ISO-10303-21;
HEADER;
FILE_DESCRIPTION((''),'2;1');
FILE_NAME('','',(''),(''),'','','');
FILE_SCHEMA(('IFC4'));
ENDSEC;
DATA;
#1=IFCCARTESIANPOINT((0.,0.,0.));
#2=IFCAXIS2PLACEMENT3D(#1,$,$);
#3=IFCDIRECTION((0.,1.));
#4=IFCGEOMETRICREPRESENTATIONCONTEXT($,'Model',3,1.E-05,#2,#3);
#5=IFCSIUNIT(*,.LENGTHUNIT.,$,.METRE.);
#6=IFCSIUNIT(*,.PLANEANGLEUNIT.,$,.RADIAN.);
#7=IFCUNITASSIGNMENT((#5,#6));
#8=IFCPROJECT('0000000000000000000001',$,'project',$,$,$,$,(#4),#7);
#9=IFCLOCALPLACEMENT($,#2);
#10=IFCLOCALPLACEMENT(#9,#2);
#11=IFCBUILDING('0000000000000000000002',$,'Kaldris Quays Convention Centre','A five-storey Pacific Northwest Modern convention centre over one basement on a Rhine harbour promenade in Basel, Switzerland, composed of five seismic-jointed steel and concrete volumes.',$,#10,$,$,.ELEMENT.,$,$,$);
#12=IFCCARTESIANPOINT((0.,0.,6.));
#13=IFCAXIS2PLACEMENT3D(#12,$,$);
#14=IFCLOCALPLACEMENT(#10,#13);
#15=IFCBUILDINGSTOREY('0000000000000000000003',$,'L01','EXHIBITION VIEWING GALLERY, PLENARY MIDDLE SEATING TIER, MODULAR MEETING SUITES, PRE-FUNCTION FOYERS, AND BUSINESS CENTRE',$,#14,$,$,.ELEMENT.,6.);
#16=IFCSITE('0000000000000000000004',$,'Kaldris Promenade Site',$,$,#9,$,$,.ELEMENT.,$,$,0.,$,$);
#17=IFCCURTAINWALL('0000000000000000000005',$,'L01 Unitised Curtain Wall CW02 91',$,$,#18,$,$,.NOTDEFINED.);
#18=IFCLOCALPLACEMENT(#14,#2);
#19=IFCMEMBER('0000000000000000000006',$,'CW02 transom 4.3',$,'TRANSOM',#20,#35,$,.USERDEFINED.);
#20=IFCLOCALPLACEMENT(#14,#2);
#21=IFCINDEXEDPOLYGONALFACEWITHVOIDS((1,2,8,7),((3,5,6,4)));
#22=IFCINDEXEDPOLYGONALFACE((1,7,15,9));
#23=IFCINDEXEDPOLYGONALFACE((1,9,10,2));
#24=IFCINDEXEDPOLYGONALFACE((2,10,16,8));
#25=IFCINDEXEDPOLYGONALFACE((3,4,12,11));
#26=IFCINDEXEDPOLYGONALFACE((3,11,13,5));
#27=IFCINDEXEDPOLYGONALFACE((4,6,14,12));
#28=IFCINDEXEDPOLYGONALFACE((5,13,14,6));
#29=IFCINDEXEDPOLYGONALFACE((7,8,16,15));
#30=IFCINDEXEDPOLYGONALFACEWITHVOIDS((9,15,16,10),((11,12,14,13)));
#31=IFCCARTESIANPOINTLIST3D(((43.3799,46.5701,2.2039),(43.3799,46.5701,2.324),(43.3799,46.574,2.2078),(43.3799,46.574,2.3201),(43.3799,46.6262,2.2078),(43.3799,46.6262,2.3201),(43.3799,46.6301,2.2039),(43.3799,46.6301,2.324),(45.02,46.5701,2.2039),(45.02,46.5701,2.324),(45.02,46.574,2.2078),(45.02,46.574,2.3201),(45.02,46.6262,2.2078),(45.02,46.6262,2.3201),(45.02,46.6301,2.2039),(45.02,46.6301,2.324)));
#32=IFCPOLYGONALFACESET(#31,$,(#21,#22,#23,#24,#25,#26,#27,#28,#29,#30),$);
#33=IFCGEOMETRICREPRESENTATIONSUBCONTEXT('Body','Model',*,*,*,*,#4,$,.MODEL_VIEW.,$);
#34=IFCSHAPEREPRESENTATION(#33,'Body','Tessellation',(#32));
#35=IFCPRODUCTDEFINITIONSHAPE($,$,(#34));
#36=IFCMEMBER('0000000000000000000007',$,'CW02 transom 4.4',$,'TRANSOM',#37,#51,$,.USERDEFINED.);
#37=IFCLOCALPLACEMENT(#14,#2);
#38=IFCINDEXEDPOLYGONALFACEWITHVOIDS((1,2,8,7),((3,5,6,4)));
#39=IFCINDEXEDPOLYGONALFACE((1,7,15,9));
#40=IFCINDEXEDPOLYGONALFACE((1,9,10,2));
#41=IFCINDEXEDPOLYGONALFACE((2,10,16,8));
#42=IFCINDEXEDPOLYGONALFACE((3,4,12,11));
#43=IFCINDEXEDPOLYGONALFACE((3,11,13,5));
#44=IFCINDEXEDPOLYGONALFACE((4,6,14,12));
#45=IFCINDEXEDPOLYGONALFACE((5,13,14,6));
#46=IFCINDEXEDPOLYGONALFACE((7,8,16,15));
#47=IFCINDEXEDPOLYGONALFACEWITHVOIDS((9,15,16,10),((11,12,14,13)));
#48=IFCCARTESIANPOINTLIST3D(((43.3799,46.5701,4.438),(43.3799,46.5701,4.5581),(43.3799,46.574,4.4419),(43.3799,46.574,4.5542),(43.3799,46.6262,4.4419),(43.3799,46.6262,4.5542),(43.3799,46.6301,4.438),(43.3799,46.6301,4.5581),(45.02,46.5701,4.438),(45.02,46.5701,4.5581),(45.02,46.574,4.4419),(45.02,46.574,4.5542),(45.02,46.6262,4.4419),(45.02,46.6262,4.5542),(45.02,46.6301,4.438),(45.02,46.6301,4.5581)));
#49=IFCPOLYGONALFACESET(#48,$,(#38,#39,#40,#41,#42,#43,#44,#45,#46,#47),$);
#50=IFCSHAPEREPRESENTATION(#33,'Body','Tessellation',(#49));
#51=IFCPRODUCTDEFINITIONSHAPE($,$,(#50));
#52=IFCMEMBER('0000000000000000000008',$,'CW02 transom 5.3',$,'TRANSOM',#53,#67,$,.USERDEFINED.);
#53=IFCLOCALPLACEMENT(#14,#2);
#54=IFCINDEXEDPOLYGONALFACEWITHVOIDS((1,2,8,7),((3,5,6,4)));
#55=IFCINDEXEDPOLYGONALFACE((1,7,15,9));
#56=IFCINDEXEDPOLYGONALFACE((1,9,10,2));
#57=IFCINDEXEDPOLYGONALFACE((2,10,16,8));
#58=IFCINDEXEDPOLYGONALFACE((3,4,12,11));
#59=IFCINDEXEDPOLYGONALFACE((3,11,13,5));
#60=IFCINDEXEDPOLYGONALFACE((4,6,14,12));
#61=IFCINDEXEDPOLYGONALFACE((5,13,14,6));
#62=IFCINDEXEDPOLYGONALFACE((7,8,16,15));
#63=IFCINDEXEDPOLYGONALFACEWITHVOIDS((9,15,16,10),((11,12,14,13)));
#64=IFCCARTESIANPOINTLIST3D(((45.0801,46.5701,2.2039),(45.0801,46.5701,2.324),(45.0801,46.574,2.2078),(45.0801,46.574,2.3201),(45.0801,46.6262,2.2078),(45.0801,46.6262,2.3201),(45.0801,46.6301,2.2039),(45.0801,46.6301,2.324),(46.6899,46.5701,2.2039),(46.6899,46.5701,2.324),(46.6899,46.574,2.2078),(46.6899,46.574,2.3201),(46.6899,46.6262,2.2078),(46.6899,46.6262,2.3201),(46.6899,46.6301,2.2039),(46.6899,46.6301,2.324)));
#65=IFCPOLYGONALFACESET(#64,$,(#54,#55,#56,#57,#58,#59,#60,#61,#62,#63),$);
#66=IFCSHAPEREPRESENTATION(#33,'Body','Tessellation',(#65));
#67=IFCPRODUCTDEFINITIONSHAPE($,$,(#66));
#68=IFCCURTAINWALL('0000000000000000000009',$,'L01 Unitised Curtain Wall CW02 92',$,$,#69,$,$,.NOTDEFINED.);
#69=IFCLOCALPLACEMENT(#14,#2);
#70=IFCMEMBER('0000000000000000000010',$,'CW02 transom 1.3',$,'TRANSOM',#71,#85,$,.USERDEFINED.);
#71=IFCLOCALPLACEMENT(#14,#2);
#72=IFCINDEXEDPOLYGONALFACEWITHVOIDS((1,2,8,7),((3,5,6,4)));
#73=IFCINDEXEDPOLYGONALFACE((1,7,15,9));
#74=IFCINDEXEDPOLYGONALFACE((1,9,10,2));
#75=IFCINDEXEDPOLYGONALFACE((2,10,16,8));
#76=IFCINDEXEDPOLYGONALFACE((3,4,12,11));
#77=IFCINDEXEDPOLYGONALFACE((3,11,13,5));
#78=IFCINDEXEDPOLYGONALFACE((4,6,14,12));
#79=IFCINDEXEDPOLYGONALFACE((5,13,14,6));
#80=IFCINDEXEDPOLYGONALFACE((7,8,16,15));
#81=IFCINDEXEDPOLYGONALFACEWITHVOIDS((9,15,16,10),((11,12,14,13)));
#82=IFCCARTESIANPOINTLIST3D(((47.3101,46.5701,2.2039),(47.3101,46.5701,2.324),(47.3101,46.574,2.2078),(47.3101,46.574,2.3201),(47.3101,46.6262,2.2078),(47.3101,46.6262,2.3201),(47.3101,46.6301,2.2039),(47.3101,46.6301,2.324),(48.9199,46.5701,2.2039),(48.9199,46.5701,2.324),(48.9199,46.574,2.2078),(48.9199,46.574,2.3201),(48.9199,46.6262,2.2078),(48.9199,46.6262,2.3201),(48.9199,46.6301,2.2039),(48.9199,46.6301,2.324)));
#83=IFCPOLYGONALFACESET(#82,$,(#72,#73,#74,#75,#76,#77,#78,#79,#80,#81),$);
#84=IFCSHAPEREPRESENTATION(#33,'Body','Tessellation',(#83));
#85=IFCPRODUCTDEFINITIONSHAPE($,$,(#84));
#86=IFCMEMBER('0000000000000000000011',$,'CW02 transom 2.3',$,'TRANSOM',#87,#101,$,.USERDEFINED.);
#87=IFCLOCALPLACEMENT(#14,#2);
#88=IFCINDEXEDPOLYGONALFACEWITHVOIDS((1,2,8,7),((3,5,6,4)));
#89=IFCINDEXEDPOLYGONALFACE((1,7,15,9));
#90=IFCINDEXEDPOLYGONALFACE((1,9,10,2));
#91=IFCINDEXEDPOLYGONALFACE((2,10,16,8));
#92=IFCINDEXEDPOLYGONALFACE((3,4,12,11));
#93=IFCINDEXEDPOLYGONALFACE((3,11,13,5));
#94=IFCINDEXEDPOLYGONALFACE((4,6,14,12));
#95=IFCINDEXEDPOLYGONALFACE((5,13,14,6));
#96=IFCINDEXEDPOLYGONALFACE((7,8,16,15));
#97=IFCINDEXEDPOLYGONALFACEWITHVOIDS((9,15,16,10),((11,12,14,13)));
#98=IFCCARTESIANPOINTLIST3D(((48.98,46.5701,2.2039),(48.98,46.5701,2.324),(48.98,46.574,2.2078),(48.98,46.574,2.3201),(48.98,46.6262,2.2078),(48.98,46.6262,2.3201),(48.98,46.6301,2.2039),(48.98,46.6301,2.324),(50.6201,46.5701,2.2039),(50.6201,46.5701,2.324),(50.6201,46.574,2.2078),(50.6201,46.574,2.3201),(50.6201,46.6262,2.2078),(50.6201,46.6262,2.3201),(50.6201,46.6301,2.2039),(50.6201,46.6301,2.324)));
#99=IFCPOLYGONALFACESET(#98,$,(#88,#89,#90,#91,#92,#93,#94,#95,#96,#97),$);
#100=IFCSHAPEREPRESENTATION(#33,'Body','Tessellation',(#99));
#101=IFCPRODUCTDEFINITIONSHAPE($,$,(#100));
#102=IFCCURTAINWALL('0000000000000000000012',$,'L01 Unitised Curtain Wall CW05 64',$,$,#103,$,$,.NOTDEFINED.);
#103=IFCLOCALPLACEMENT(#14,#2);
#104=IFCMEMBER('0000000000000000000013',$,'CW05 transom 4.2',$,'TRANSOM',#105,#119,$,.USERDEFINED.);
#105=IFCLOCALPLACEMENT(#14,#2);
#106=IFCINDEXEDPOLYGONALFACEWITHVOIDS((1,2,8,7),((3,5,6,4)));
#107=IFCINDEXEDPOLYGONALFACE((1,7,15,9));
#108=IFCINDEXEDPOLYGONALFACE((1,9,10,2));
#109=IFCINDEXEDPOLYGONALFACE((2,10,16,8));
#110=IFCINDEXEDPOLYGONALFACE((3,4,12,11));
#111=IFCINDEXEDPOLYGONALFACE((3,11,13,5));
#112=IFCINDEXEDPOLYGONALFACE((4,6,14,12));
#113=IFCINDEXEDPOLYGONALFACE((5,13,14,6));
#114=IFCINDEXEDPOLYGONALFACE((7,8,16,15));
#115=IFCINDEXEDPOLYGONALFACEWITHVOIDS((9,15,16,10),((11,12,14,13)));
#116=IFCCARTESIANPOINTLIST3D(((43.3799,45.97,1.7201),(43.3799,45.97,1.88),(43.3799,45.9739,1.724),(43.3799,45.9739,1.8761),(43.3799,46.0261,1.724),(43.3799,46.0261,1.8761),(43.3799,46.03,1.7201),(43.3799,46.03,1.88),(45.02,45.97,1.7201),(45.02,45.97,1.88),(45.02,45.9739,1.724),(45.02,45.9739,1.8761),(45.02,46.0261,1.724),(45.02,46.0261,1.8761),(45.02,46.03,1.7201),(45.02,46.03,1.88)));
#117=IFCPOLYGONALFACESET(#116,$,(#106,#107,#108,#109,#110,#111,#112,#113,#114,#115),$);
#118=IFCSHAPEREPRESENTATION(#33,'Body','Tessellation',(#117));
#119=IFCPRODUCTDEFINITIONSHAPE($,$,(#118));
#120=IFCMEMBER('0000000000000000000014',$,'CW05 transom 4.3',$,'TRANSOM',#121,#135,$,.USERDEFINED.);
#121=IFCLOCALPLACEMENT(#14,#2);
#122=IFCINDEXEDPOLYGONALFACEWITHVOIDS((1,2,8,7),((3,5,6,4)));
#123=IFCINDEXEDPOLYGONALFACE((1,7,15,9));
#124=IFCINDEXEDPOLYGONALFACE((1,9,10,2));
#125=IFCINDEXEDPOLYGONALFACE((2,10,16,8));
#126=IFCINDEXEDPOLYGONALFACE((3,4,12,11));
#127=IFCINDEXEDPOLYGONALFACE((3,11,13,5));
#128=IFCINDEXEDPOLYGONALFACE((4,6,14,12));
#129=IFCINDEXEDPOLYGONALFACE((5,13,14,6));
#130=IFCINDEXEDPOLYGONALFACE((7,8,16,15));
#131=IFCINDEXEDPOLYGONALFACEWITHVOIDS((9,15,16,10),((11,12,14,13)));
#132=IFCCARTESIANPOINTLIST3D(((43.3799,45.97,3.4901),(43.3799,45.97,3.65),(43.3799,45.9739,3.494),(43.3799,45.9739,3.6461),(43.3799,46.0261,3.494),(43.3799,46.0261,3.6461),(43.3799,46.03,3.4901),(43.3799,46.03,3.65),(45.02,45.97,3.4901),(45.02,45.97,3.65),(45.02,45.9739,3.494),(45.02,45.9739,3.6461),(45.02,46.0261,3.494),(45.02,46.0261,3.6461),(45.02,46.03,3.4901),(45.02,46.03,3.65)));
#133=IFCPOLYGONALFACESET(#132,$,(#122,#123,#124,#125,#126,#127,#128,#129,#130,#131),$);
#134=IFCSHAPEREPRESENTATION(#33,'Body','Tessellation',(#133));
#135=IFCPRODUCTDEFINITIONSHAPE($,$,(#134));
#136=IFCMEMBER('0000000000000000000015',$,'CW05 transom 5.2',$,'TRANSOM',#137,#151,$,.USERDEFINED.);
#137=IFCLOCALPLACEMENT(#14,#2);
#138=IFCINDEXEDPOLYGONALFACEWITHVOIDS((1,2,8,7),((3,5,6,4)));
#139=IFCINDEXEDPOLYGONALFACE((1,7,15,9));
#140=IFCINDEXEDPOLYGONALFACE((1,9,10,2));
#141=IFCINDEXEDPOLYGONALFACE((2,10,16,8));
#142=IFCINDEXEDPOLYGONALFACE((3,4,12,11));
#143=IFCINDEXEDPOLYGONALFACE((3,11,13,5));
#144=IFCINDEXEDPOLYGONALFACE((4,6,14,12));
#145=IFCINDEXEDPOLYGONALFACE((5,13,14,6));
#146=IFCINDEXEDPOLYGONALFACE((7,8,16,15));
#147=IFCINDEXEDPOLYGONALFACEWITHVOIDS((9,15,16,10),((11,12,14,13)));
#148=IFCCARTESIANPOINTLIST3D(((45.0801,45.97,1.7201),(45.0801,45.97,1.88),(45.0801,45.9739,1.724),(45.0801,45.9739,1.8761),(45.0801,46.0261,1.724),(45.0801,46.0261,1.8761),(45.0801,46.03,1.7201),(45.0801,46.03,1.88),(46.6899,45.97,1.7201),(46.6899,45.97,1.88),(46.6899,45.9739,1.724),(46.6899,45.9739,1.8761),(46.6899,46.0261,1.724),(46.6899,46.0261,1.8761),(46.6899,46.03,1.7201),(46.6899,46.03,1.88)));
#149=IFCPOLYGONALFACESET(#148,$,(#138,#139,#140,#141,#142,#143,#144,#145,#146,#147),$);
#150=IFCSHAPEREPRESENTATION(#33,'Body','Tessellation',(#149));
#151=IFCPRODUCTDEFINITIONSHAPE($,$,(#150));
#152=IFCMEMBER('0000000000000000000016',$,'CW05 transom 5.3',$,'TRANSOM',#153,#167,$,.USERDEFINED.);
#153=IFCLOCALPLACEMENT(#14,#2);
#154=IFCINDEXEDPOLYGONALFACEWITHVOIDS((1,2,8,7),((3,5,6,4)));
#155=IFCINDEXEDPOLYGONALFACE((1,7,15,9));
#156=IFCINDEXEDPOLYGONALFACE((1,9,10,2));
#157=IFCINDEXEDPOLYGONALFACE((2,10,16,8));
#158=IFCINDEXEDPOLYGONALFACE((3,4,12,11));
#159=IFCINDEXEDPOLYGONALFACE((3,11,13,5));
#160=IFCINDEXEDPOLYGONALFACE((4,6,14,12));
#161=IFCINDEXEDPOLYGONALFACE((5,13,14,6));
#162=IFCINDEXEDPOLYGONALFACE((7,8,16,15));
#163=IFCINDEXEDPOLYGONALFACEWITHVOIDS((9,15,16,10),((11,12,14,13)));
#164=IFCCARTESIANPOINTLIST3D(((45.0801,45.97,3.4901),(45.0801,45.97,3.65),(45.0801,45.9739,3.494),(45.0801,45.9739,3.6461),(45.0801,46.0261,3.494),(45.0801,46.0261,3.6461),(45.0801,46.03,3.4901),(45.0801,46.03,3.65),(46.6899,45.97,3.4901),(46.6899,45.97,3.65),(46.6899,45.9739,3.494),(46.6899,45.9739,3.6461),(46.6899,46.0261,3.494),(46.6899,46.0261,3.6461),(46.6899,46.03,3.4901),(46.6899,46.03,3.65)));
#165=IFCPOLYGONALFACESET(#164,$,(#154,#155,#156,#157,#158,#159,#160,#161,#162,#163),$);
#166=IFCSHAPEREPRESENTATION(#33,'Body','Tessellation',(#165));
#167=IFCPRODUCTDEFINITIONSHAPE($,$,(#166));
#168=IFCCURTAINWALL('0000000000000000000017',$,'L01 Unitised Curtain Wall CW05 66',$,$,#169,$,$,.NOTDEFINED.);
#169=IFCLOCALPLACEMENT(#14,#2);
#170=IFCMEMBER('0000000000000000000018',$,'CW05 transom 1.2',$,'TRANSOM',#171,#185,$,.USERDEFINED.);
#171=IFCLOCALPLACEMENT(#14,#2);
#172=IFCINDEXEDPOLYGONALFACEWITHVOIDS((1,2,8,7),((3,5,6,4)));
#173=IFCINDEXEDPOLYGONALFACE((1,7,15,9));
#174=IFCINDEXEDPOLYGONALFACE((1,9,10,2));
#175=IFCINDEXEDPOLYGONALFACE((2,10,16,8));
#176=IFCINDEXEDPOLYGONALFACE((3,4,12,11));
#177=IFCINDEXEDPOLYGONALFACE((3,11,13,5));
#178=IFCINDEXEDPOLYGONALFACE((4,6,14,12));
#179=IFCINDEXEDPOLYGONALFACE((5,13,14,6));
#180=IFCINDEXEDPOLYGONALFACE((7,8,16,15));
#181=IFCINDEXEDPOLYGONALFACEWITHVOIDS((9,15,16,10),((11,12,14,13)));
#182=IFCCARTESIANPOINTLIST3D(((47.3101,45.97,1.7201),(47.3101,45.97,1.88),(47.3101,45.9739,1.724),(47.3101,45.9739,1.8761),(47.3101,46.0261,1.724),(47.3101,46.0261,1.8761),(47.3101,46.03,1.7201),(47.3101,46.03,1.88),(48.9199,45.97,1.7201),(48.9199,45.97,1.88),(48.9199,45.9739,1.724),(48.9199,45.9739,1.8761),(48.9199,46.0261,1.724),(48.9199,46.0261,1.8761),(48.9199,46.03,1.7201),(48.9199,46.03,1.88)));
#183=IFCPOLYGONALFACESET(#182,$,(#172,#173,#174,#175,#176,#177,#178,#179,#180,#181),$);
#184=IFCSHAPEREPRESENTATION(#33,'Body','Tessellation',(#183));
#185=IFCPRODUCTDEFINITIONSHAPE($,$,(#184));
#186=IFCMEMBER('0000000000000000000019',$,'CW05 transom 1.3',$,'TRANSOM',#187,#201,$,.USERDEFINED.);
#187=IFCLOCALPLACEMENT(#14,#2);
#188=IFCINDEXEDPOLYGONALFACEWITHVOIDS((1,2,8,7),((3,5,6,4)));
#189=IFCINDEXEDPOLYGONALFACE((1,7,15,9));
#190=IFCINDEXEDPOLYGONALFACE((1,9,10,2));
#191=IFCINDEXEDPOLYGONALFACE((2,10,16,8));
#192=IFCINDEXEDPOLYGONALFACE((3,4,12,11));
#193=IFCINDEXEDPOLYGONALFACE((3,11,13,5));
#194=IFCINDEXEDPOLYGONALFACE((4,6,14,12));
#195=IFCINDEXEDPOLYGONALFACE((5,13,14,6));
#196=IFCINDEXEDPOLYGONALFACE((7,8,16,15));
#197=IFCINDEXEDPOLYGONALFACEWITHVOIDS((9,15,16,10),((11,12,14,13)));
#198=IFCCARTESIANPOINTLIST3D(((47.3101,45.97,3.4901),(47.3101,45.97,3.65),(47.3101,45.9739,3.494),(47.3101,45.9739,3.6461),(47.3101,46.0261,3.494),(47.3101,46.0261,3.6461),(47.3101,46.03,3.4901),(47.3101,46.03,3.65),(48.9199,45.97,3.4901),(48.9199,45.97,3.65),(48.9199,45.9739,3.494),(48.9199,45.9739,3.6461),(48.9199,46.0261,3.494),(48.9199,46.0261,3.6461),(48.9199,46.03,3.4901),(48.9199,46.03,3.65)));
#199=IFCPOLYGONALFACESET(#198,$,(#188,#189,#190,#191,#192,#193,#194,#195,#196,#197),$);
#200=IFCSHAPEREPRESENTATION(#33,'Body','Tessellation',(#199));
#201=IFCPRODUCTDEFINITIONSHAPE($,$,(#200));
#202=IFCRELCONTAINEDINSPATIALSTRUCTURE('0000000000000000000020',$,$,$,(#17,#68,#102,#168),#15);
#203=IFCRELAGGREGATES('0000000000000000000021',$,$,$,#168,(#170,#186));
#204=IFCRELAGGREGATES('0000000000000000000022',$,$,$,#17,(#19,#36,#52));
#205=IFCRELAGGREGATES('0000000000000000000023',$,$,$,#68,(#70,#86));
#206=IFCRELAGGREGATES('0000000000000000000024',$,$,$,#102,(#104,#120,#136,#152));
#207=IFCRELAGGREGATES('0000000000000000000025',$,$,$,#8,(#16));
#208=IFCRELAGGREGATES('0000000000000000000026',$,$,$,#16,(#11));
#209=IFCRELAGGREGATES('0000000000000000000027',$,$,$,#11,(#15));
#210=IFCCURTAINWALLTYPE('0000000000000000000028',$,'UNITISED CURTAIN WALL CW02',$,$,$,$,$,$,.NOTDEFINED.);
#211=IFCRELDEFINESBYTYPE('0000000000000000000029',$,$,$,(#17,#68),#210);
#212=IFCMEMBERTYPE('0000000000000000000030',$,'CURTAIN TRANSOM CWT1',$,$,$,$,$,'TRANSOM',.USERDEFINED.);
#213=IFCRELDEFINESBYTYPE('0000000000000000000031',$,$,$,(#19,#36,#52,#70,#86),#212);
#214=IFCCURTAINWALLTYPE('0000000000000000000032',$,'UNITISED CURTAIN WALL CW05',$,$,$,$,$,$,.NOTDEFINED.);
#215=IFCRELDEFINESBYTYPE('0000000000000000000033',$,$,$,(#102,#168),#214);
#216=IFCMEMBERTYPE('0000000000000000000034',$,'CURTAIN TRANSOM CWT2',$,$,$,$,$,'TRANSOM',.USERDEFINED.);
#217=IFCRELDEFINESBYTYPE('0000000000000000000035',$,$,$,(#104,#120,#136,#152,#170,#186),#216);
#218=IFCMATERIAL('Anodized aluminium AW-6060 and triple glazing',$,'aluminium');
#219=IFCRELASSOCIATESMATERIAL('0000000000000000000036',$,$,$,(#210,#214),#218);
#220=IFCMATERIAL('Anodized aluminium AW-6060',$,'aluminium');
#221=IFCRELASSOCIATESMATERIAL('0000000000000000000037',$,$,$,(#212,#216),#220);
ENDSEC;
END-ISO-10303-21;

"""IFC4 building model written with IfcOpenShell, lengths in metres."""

from ifc_helpers import new_model, si_unit, direction, frame, origin, origin_2d, place, context, subcontext, project, spatial, hollow_rectangle, extrude, material, material_profile, profile_set, type_object, element, aggregate, save


model = new_model("IFC4")

# Units and contexts
model_context = context("Model", 3, precision=1e-05, world=origin(), true_north=direction((0.0, 1.0)))
body_context = subcontext(model_context, "Body", "Model", "MODEL_VIEW")
ifc_project = project(units=[si_unit("LENGTHUNIT", "METRE"), si_unit("PLANEANGLEUNIT", "RADIAN")], contexts=[model_context])

# Site, building, storey
site_placement = place(None, origin())
site = spatial("IfcSite", under=ifc_project, at=site_placement, Name="Kaldris Promenade Site", CompositionType="ELEMENT", RefElevation=0.0)
building_placement = place(site_placement, origin())
building = spatial("IfcBuilding", under=site, at=building_placement, Name="Kaldris Quays Convention Centre", Description="A five-storey Pacific Northwest Modern convention centre over one basement on a Rhine harbour promenade in Basel, Switzerland, composed of five seismic-jointed steel and concrete volumes.", CompositionType="ELEMENT")
storey_placement = place(building_placement, frame((0.0, 0.0, 6.0)))
storey = spatial("IfcBuildingStorey", under=building, at=storey_placement, Name="L01", Description="EXHIBITION VIEWING GALLERY, PLENARY MIDDLE SEATING TIER, MODULAR MEETING SUITES, PRE-FUNCTION FOYERS, AND BUSINESS CENTRE", CompositionType="ELEMENT", Elevation=6.0)

# Curtain walls, members
ifc_material_1 = material(Name="Anodized aluminium AW-6060 and triple glazing", Category="aluminium")
curtain_wall_type_1 = type_object("IfcCurtainWallType", Name="UNITISED CURTAIN WALL CW02", PredefinedType="NOTDEFINED", material=ifc_material_1)
curtain_wall_1_placement = place(storey_placement, origin())
curtain_wall_1 = element("IfcCurtainWall", 1, at=curtain_wall_1_placement, inside=storey, type_object=curtain_wall_type_1, Name="L01 Unitised Curtain Wall CW02 91", PredefinedType="NOTDEFINED")
ifc_material_2 = material(Name="Anodized aluminium AW-6060", Category="aluminium")
ifc_material_profile_1 = material_profile(ifc_material_2, hollow_rectangle(XDim=0.0601, YDim=0.1201, WallThickness=0.0039, at=origin_2d()), Name="RHS 120x60x4")
ifc_profile_set_1 = profile_set([ifc_material_profile_1], Name="Anodized aluminium AW-6060")
member_type_1 = type_object("IfcMemberType", Name="CURTAIN TRANSOM CWT1", ElementType="TRANSOM", PredefinedType="USERDEFINED", material=ifc_profile_set_1)
member_1_placement = place(storey_placement, frame((43.3799, 46.6001, 2.2639), z_axis=(1.0, 0.0, 0.0), x_axis=(0.0, 1.0, 0.0)))
member_1 = element("IfcMember", 2, at=member_1_placement, type_object=member_type_1, Name="CW02 transom 4.3", ObjectType="TRANSOM", PredefinedType="USERDEFINED", context=body_context, shape_type="SweptSolid", body=[
    extrude(hollow_rectangle(XDim=0.0601, YDim=0.1201, WallThickness=0.0039, at=origin_2d()), origin(), (0.0, 0.0, 1.0), 1.6401),
])
member_2_placement = place(storey_placement, frame((43.3799, 46.6001, 4.498), z_axis=(1.0, 0.0, 0.0), x_axis=(0.0, 1.0, 0.0)))
member_2 = element("IfcMember", 3, at=member_2_placement, type_object=member_type_1, Name="CW02 transom 4.4", ObjectType="TRANSOM", PredefinedType="USERDEFINED", context=body_context, shape_type="SweptSolid", body=[
    extrude(hollow_rectangle(XDim=0.0601, YDim=0.1201, WallThickness=0.0039, at=origin_2d()), origin(), (0.0, 0.0, 1.0), 1.6401),
])
member_3_placement = place(storey_placement, frame((45.0801, 46.6001, 2.2639), z_axis=(1.0, 0.0, 0.0), x_axis=(0.0, 1.0, 0.0)))
member_3 = element("IfcMember", 4, at=member_3_placement, type_object=member_type_1, Name="CW02 transom 5.3", ObjectType="TRANSOM", PredefinedType="USERDEFINED", context=body_context, shape_type="SweptSolid", body=[
    extrude(hollow_rectangle(XDim=0.0601, YDim=0.1201, WallThickness=0.0039, at=origin_2d()), origin(), (0.0, 0.0, 1.0), 1.6099),
])
curtain_wall_2_placement = place(storey_placement, origin())
curtain_wall_2 = element("IfcCurtainWall", 5, at=curtain_wall_2_placement, inside=storey, type_object=curtain_wall_type_1, Name="L01 Unitised Curtain Wall CW02 92", PredefinedType="NOTDEFINED")
member_4_placement = place(storey_placement, frame((47.3101, 46.6001, 2.2639), z_axis=(1.0, 0.0, 0.0), x_axis=(0.0, 1.0, 0.0)))
member_4 = element("IfcMember", 6, at=member_4_placement, type_object=member_type_1, Name="CW02 transom 1.3", ObjectType="TRANSOM", PredefinedType="USERDEFINED", context=body_context, shape_type="SweptSolid", body=[
    extrude(hollow_rectangle(XDim=0.0601, YDim=0.1201, WallThickness=0.0039, at=origin_2d()), origin(), (0.0, 0.0, 1.0), 1.6099),
])
member_5_placement = place(storey_placement, frame((48.98, 46.6001, 2.2639), z_axis=(1.0, 0.0, 0.0), x_axis=(0.0, 1.0, 0.0)))
member_5 = element("IfcMember", 7, at=member_5_placement, type_object=member_type_1, Name="CW02 transom 2.3", ObjectType="TRANSOM", PredefinedType="USERDEFINED", context=body_context, shape_type="SweptSolid", body=[
    extrude(hollow_rectangle(XDim=0.0601, YDim=0.1201, WallThickness=0.0039, at=origin_2d()), origin(), (0.0, 0.0, 1.0), 1.6401),
])
curtain_wall_type_2 = type_object("IfcCurtainWallType", Name="UNITISED CURTAIN WALL CW05", PredefinedType="NOTDEFINED", material=ifc_material_1)
curtain_wall_3_placement = place(storey_placement, origin())
curtain_wall_3 = element("IfcCurtainWall", 8, at=curtain_wall_3_placement, inside=storey, type_object=curtain_wall_type_2, Name="L01 Unitised Curtain Wall CW05 64", PredefinedType="NOTDEFINED")
ifc_material_profile_2 = material_profile(ifc_material_2, hollow_rectangle(XDim=0.0601, YDim=0.1599, WallThickness=0.0039, at=origin_2d()), Name="RHS 160x60x4")
ifc_profile_set_2 = profile_set([ifc_material_profile_2], Name="Anodized aluminium AW-6060")
member_type_2 = type_object("IfcMemberType", Name="CURTAIN TRANSOM CWT2", ElementType="TRANSOM", PredefinedType="USERDEFINED", material=ifc_profile_set_2)
member_6_placement = place(storey_placement, frame((43.3799, 46.0, 1.8), z_axis=(1.0, 0.0, 0.0), x_axis=(0.0, 1.0, 0.0)))
member_6 = element("IfcMember", 9, at=member_6_placement, type_object=member_type_2, Name="CW05 transom 4.2", ObjectType="TRANSOM", PredefinedType="USERDEFINED", context=body_context, shape_type="SweptSolid", body=[
    extrude(hollow_rectangle(XDim=0.0601, YDim=0.1599, WallThickness=0.0039, at=origin_2d()), origin(), (0.0, 0.0, 1.0), 1.6401),
])
member_7_placement = place(storey_placement, frame((43.3799, 46.0, 3.5701), z_axis=(1.0, 0.0, 0.0), x_axis=(0.0, 1.0, 0.0)))
member_7 = element("IfcMember", 10, at=member_7_placement, type_object=member_type_2, Name="CW05 transom 4.3", ObjectType="TRANSOM", PredefinedType="USERDEFINED", context=body_context, shape_type="SweptSolid", body=[
    extrude(hollow_rectangle(XDim=0.0601, YDim=0.1599, WallThickness=0.0039, at=origin_2d()), origin(), (0.0, 0.0, 1.0), 1.6401),
])
member_8_placement = place(storey_placement, frame((45.0801, 46.0, 1.8), z_axis=(1.0, 0.0, 0.0), x_axis=(0.0, 1.0, 0.0)))
member_8 = element("IfcMember", 11, at=member_8_placement, type_object=member_type_2, Name="CW05 transom 5.2", ObjectType="TRANSOM", PredefinedType="USERDEFINED", context=body_context, shape_type="SweptSolid", body=[
    extrude(hollow_rectangle(XDim=0.0601, YDim=0.1599, WallThickness=0.0039, at=origin_2d()), origin(), (0.0, 0.0, 1.0), 1.6099),
])
member_9_placement = place(storey_placement, frame((45.0801, 46.0, 3.5701), z_axis=(1.0, 0.0, 0.0), x_axis=(0.0, 1.0, 0.0)))
member_9 = element("IfcMember", 12, at=member_9_placement, type_object=member_type_2, Name="CW05 transom 5.3", ObjectType="TRANSOM", PredefinedType="USERDEFINED", context=body_context, shape_type="SweptSolid", body=[
    extrude(hollow_rectangle(XDim=0.0601, YDim=0.1599, WallThickness=0.0039, at=origin_2d()), origin(), (0.0, 0.0, 1.0), 1.6099),
])

# Curtain wall, members
curtain_wall_4_placement = place(storey_placement, origin())
curtain_wall_4 = element("IfcCurtainWall", 13, at=curtain_wall_4_placement, inside=storey, type_object=curtain_wall_type_2, Name="L01 Unitised Curtain Wall CW05 66", PredefinedType="NOTDEFINED")
member_10_placement = place(storey_placement, frame((47.3101, 46.0, 1.8), z_axis=(1.0, 0.0, 0.0), x_axis=(0.0, 1.0, 0.0)))
member_10 = element("IfcMember", 14, at=member_10_placement, type_object=member_type_2, Name="CW05 transom 1.2", ObjectType="TRANSOM", PredefinedType="USERDEFINED", context=body_context, shape_type="SweptSolid", body=[
    extrude(hollow_rectangle(XDim=0.0601, YDim=0.1599, WallThickness=0.0039, at=origin_2d()), origin(), (0.0, 0.0, 1.0), 1.6099),
])
member_11_placement = place(storey_placement, frame((47.3101, 46.0, 3.5701), z_axis=(1.0, 0.0, 0.0), x_axis=(0.0, 1.0, 0.0)))
member_11 = element("IfcMember", 15, at=member_11_placement, type_object=member_type_2, Name="CW05 transom 1.3", ObjectType="TRANSOM", PredefinedType="USERDEFINED", context=body_context, shape_type="SweptSolid", body=[
    extrude(hollow_rectangle(XDim=0.0601, YDim=0.1599, WallThickness=0.0039, at=origin_2d()), origin(), (0.0, 0.0, 1.0), 1.6099),
])
aggregate(curtain_wall_4, [member_10, member_11])

aggregate(curtain_wall_1, [member_1, member_2, member_3])
aggregate(curtain_wall_2, [member_4, member_5])
aggregate(curtain_wall_3, [member_6, member_7, member_8, member_9])

save(model, "model.ifc")
